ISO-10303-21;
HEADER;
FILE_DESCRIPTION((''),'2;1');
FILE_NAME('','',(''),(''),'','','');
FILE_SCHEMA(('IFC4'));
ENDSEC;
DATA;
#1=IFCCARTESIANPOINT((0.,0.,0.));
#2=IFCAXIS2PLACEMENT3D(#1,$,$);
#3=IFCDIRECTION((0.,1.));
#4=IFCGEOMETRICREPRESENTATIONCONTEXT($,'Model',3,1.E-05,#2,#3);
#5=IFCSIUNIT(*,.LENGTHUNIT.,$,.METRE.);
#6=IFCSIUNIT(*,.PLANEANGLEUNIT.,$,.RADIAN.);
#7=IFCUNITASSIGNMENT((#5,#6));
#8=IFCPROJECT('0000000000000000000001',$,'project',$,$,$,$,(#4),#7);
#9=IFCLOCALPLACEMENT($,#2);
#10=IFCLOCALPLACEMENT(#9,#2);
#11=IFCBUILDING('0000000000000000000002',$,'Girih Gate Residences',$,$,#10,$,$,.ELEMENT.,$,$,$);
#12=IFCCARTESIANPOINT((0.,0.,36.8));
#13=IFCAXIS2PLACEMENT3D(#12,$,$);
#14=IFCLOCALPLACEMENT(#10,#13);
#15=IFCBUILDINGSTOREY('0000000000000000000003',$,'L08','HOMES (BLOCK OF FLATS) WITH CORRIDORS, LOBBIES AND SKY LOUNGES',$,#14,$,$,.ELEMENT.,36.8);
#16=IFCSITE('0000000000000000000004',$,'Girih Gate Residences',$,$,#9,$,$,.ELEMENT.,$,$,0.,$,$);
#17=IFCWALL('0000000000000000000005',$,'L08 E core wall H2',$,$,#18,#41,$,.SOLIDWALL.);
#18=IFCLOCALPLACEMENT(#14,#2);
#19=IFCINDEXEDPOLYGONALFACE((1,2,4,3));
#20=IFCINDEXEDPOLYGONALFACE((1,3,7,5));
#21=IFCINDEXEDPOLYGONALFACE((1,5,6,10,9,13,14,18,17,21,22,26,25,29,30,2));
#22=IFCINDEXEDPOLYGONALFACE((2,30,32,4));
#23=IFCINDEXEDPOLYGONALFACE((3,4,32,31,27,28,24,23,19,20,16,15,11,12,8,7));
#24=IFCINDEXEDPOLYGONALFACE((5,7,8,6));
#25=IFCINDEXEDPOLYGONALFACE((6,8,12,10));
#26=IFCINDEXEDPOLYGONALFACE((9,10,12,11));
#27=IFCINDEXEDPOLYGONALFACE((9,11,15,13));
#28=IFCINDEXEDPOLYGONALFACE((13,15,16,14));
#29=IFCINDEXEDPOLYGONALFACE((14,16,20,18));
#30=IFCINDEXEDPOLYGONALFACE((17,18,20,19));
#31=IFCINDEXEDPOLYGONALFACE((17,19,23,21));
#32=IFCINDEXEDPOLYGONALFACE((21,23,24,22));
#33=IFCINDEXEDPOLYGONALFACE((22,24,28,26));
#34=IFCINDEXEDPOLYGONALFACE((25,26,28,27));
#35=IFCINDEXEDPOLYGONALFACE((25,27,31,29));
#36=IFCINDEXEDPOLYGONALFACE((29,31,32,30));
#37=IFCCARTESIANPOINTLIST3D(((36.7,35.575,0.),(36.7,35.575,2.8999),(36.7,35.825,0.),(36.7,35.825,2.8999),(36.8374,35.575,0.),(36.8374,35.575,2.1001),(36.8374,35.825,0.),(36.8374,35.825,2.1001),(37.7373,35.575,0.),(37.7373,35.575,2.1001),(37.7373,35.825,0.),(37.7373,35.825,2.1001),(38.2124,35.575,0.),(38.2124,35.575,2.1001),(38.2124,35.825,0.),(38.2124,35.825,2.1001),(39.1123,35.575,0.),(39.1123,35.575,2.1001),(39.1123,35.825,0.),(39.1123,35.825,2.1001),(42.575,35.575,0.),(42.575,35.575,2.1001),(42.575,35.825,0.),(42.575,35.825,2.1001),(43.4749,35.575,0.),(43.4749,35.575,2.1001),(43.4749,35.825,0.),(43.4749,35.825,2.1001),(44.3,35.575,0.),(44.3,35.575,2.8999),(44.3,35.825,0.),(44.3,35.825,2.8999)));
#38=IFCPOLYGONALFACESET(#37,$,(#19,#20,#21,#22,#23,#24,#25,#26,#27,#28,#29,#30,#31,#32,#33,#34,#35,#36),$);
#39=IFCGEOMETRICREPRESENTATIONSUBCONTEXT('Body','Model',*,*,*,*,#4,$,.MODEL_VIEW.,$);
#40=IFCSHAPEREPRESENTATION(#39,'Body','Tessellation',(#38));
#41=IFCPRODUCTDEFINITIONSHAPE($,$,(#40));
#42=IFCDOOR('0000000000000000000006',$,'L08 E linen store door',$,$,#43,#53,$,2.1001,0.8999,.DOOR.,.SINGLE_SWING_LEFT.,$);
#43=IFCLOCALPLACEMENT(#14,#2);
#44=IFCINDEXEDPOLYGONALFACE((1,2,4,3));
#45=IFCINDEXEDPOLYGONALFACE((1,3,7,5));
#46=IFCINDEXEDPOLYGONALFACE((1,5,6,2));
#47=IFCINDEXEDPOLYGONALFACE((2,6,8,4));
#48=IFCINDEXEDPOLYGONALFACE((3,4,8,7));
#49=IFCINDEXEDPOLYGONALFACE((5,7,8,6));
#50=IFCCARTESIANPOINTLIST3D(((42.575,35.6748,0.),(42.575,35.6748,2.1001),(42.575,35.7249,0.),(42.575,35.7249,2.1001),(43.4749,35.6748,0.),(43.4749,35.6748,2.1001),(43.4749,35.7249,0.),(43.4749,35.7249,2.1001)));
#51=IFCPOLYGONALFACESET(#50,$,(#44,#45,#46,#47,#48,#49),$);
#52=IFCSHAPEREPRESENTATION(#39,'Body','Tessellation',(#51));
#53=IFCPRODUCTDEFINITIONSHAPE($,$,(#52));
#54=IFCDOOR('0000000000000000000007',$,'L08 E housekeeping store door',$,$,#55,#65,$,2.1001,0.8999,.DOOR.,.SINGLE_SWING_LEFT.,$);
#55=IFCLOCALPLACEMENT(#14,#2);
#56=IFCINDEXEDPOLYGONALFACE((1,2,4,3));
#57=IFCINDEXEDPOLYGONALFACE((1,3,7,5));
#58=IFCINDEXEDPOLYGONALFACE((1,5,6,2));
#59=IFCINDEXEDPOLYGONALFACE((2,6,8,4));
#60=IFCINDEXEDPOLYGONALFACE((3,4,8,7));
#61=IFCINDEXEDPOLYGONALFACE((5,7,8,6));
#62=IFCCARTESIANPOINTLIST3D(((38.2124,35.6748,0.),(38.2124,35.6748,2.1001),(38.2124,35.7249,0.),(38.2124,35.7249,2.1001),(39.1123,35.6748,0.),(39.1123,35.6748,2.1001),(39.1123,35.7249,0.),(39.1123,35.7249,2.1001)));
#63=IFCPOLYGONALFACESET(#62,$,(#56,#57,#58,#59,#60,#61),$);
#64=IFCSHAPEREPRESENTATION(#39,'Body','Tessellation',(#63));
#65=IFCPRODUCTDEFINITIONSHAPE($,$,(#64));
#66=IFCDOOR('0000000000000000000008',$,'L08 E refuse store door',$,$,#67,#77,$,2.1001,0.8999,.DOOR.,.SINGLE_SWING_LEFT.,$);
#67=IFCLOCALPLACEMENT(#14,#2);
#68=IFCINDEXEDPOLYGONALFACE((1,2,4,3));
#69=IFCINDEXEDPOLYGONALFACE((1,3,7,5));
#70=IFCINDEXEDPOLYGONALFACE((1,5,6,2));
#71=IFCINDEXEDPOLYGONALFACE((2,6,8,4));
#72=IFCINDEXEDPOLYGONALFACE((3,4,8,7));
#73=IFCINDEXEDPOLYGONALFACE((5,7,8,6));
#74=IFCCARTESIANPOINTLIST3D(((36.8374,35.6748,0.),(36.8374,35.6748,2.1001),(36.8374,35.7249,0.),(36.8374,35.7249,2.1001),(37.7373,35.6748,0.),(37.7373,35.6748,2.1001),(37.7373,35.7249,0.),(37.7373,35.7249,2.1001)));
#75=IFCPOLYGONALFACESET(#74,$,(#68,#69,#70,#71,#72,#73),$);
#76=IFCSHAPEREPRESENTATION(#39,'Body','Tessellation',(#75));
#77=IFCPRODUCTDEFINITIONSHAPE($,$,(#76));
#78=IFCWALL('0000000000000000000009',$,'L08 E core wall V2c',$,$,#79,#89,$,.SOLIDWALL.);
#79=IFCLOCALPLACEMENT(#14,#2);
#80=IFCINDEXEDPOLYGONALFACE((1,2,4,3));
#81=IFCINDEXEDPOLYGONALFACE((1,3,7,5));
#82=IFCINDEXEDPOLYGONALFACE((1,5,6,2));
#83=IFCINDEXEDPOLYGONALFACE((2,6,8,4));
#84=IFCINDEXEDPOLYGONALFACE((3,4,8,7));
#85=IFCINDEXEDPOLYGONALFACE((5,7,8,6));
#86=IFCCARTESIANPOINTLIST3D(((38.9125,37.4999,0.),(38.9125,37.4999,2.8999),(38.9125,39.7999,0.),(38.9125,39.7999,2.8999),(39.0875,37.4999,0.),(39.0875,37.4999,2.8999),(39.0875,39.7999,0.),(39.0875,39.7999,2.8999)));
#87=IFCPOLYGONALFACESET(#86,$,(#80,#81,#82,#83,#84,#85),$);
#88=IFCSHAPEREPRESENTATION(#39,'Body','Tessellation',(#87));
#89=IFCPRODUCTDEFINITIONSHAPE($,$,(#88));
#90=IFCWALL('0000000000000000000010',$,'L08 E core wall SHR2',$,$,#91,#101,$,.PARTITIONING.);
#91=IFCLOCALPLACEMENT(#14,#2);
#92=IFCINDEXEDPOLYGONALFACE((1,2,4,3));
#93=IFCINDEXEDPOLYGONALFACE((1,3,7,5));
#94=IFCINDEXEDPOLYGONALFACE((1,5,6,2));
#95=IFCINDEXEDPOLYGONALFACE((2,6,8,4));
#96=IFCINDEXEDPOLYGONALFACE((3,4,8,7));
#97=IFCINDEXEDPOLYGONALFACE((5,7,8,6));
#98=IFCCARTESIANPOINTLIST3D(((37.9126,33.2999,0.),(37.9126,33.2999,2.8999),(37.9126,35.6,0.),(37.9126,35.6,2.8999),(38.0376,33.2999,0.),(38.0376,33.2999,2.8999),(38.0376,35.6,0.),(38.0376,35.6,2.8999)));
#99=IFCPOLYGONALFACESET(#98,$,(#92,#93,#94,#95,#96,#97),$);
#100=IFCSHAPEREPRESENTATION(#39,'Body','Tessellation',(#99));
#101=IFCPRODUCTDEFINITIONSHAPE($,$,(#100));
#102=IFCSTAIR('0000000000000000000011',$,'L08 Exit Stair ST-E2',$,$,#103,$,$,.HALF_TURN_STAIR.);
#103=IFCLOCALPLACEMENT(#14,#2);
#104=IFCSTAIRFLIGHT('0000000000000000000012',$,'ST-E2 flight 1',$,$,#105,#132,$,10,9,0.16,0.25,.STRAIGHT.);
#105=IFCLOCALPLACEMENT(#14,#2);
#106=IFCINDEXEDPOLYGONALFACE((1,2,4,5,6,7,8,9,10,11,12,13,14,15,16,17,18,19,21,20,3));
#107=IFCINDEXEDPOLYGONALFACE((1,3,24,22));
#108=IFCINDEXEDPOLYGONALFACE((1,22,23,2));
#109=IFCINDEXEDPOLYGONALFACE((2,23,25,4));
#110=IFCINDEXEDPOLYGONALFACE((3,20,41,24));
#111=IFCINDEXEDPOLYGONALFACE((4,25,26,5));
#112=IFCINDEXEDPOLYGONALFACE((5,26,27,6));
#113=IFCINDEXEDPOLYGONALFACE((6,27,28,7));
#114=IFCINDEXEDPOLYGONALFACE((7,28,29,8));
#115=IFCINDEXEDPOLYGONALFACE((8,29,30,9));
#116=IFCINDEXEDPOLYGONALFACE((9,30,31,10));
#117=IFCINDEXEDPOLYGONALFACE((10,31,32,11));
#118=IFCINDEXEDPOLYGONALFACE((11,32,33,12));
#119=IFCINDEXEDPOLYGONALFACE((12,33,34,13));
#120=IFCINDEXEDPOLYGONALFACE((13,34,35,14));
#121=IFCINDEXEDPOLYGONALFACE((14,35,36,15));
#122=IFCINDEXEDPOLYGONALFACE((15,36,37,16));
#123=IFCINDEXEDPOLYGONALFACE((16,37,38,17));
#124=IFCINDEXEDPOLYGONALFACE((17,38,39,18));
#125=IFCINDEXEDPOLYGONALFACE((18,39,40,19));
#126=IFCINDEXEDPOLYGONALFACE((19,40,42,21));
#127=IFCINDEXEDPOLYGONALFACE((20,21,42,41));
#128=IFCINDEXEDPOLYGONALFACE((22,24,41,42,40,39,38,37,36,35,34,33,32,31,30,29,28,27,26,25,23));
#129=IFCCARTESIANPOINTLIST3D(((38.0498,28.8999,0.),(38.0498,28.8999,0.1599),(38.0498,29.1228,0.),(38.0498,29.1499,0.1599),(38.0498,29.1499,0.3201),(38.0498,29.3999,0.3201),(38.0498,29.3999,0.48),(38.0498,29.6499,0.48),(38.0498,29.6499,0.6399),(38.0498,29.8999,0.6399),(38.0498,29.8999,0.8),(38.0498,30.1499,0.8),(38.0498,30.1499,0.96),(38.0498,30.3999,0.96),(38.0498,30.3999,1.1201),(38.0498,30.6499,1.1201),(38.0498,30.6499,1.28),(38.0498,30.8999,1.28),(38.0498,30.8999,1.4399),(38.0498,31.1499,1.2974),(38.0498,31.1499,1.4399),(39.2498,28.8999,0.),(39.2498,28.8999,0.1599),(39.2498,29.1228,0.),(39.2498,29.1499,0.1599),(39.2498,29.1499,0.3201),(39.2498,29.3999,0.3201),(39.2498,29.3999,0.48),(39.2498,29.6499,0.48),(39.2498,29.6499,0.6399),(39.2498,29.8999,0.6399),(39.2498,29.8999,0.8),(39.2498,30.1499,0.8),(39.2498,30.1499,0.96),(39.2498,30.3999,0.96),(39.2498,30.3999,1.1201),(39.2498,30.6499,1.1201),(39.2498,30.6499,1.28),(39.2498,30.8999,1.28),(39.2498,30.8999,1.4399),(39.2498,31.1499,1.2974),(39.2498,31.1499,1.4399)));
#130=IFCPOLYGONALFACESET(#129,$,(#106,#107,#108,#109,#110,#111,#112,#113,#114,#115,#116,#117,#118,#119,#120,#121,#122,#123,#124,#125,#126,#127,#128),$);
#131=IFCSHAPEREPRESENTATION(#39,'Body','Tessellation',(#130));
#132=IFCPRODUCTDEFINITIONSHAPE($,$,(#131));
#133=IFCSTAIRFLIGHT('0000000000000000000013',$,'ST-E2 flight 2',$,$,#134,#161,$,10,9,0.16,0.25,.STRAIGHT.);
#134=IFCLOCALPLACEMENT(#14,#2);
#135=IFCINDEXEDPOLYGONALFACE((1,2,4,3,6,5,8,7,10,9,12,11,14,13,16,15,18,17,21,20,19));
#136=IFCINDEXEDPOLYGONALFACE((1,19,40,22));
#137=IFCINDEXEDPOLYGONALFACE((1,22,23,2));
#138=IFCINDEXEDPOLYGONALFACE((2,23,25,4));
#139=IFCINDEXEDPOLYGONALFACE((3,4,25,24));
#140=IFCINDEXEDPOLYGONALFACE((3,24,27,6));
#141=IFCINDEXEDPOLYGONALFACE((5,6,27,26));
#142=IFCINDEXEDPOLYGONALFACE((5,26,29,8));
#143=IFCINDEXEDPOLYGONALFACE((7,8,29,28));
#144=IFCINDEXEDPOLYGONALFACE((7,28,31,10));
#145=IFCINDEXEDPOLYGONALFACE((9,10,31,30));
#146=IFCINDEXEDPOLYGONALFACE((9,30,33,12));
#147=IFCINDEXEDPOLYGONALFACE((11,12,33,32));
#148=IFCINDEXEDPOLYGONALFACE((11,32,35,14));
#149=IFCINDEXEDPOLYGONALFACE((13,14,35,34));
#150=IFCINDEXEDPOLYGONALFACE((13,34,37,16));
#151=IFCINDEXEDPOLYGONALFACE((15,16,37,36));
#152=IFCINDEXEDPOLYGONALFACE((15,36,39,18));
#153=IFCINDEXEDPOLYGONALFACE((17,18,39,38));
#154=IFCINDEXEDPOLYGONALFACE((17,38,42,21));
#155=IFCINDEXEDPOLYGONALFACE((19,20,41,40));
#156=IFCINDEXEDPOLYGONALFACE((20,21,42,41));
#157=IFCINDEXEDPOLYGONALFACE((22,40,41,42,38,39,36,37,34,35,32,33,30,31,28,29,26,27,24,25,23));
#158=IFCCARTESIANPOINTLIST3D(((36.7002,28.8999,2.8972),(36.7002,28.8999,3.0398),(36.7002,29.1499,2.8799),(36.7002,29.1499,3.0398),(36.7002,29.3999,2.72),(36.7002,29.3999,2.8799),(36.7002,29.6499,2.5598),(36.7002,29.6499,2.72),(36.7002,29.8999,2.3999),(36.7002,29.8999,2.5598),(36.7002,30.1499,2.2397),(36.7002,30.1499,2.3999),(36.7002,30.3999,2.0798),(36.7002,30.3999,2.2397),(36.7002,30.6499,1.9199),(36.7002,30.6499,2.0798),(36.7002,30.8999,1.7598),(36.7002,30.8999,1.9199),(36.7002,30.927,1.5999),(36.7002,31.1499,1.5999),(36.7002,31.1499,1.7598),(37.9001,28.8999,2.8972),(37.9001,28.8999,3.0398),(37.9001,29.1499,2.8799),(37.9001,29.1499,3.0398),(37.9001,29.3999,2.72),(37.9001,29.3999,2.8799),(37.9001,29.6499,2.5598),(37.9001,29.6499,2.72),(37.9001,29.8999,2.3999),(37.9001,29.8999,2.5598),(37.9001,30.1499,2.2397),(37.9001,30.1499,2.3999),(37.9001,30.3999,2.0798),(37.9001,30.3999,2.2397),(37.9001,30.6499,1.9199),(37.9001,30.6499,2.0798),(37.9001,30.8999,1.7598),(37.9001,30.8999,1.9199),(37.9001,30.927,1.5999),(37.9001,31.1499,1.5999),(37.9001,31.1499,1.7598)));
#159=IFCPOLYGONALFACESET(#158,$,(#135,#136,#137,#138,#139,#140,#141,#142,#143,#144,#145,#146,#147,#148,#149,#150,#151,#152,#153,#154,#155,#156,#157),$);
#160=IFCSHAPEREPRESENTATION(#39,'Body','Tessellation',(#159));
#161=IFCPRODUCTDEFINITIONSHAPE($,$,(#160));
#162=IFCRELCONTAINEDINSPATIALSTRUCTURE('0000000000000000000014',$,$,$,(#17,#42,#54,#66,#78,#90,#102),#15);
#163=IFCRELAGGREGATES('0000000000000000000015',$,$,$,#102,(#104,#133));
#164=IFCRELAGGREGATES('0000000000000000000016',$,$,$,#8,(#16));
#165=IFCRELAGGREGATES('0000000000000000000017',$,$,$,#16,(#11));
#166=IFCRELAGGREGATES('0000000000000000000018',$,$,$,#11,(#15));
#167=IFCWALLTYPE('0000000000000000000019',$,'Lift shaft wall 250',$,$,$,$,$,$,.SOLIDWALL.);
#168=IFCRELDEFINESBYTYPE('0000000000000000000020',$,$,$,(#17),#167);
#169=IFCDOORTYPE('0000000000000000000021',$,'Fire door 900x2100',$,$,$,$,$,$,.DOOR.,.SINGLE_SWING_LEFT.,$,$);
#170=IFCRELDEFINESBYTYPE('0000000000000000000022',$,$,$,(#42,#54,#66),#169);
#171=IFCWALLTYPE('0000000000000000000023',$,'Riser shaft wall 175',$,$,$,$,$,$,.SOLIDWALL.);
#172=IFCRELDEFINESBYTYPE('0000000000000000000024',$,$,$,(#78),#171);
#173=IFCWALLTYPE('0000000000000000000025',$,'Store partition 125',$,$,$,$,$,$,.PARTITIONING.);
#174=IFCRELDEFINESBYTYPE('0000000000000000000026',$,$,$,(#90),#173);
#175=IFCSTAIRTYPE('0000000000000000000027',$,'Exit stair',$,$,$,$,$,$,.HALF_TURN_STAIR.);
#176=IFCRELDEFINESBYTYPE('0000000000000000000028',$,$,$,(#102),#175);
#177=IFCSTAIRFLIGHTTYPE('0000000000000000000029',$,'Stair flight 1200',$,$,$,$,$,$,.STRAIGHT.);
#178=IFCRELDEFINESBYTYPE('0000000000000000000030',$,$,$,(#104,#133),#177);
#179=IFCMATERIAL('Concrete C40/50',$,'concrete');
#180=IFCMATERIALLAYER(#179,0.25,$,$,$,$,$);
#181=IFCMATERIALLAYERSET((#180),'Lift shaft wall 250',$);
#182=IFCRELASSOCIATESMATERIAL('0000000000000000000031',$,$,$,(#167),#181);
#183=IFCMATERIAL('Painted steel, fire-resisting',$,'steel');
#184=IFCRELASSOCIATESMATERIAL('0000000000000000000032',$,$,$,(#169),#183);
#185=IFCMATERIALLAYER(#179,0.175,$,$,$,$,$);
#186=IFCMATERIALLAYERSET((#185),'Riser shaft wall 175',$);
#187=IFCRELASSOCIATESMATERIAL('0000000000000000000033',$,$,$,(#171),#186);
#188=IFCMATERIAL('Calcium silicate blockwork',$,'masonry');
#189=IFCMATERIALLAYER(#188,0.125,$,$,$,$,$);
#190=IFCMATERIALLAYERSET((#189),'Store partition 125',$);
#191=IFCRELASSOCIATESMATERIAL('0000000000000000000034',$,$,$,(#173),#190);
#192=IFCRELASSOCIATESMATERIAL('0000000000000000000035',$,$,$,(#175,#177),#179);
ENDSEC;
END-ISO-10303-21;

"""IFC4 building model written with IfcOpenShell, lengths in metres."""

from ifc_helpers import new_model, si_unit, direction, frame, frame_2d, origin, place, context, subcontext, project, spatial, polyline, rectangle, outline, extrude, material, layer, layer_set, type_object, element, fill, aggregate, save


model = new_model("IFC4")

# Units and contexts
model_context = context("Model", 3, precision=1e-05, world=origin(), true_north=direction((0.0, 1.0)))
body_context = subcontext(model_context, "Body", "Model", "MODEL_VIEW")
ifc_project = project(units=[si_unit("LENGTHUNIT", "METRE"), si_unit("PLANEANGLEUNIT", "RADIAN")], contexts=[model_context])

# Site, building, storey
site_placement = place(None, origin())
site = spatial("IfcSite", under=ifc_project, at=site_placement, Name="Girih Gate Residences", CompositionType="ELEMENT", RefElevation=0.0)
building_placement = place(site_placement, origin())
building = spatial("IfcBuilding", under=site, at=building_placement, Name="Girih Gate Residences", CompositionType="ELEMENT")
storey_placement = place(building_placement, frame((0.0, 0.0, 36.8)))
storey = spatial("IfcBuildingStorey", under=building, at=storey_placement, Name="L08", Description="HOMES (BLOCK OF FLATS) WITH CORRIDORS, LOBBIES AND SKY LOUNGES", CompositionType="ELEMENT", Elevation=36.8)

# Shared definitions
ifc_material_1 = material(Name="Painted steel, fire-resisting", Category="steel")

# Shared definitions
ifc_material_2 = material(Name="Concrete C40/50", Category="concrete")
ifc_layer_1 = layer(ifc_material_2, 0.25)
ifc_layer_set_1 = layer_set([ifc_layer_1], Name="Lift shaft wall 250")
wall_type_1 = type_object("IfcWallType", Name="Lift shaft wall 250", PredefinedType="SOLIDWALL", material=ifc_layer_set_1)

# Wall, openings, doors
wall_1_placement = place(storey_placement, frame((36.7, 35.7, 0.0), z_axis=(0.0, 0.0, 1.0), x_axis=(1.0, 0.0, 0.0)))
wall_1 = element("IfcWall", 1, at=wall_1_placement, inside=storey, type_object=wall_type_1, Name="L08 E core wall H2", PredefinedType="SOLIDWALL", context=body_context, shape_type="SweptSolid", body=[
    extrude(rectangle(XDim=7.6001, YDim=0.25, at=frame_2d((3.8, 0.0))), origin(), (0.0, 0.0, 1.0), 2.8999),
])
opening_1_placement = place(wall_1_placement, frame((5.875, 0.0, 0.0)))
opening_1 = element("IfcOpeningElement", 2, at=opening_1_placement, cuts=wall_1, PredefinedType="OPENING", context=body_context, shape_type="SweptSolid", body=[
    extrude(rectangle(XDim=0.8999, YDim=2.1001, at=frame_2d((0.45, 1.05))), frame((0.0, 0.135, 0.0), z_axis=(0.0, -1.0, 0.0), x_axis=(1.0, 0.0, 0.0)), (0.0, 0.0, 1.0), 0.27),
])
opening_2_placement = place(wall_1_placement, frame((1.5125, 0.0, 0.0)))
opening_2 = element("IfcOpeningElement", 3, at=opening_2_placement, cuts=wall_1, PredefinedType="OPENING", context=body_context, shape_type="SweptSolid", body=[
    extrude(rectangle(XDim=0.8999, YDim=2.1001, at=frame_2d((0.45, 1.05))), frame((0.0, 0.135, 0.0), z_axis=(0.0, -1.0, 0.0), x_axis=(1.0, 0.0, 0.0)), (0.0, 0.0, 1.0), 0.27),
])
opening_3_placement = place(wall_1_placement, frame((0.1375, 0.0, 0.0)))
opening_3 = element("IfcOpeningElement", 4, at=opening_3_placement, cuts=wall_1, PredefinedType="OPENING", context=body_context, shape_type="SweptSolid", body=[
    extrude(rectangle(XDim=0.8999, YDim=2.1001, at=frame_2d((0.45, 1.05))), frame((0.0, 0.135, 0.0), z_axis=(0.0, -1.0, 0.0), x_axis=(1.0, 0.0, 0.0)), (0.0, 0.0, 1.0), 0.27),
])
door_type_1 = type_object("IfcDoorType", Name="Fire door 900x2100", OperationType="SINGLE_SWING_LEFT", PredefinedType="DOOR", material=ifc_material_1)
door_1_placement = place(opening_1_placement, origin())
door_1 = element("IfcDoor", 5, at=door_1_placement, inside=storey, type_object=door_type_1, Name="L08 E linen store door", OperationType="SINGLE_SWING_LEFT", OverallHeight=2.1001, OverallWidth=0.8999, PredefinedType="DOOR", context=body_context, shape_type="SweptSolid", body=[
    extrude(rectangle(XDim=0.8999, YDim=2.1001, at=frame_2d((0.45, 1.05))), frame((0.0, 0.0249, 0.0), z_axis=(0.0, -1.0, 0.0), x_axis=(1.0, 0.0, 0.0)), (0.0, 0.0, 1.0), 0.05),
])
fill(opening_1, door_1)
door_2_placement = place(opening_2_placement, origin())
door_2 = element("IfcDoor", 6, at=door_2_placement, inside=storey, type_object=door_type_1, Name="L08 E housekeeping store door", OperationType="SINGLE_SWING_LEFT", OverallHeight=2.1001, OverallWidth=0.8999, PredefinedType="DOOR", context=body_context, shape_type="SweptSolid", body=[
    extrude(rectangle(XDim=0.8999, YDim=2.1001, at=frame_2d((0.45, 1.05))), frame((0.0, 0.0249, 0.0), z_axis=(0.0, -1.0, 0.0), x_axis=(1.0, 0.0, 0.0)), (0.0, 0.0, 1.0), 0.05),
])
fill(opening_2, door_2)
door_3_placement = place(opening_3_placement, origin())
door_3 = element("IfcDoor", 7, at=door_3_placement, inside=storey, type_object=door_type_1, Name="L08 E refuse store door", OperationType="SINGLE_SWING_LEFT", OverallHeight=2.1001, OverallWidth=0.8999, PredefinedType="DOOR", context=body_context, shape_type="SweptSolid", body=[
    extrude(rectangle(XDim=0.8999, YDim=2.1001, at=frame_2d((0.45, 1.05))), frame((0.0, 0.0249, 0.0), z_axis=(0.0, -1.0, 0.0), x_axis=(1.0, 0.0, 0.0)), (0.0, 0.0, 1.0), 0.05),
])
fill(opening_3, door_3)

# Walls
ifc_layer_2 = layer(ifc_material_2, 0.175)
ifc_layer_set_2 = layer_set([ifc_layer_2], Name="Riser shaft wall 175")
wall_type_2 = type_object("IfcWallType", Name="Riser shaft wall 175", PredefinedType="SOLIDWALL", material=ifc_layer_set_2)
wall_2_placement = place(storey_placement, frame((39.0, 37.5, 0.0), z_axis=(0.0, 0.0, 1.0), x_axis=(0.0, 1.0, 0.0)))
element("IfcWall", 8, at=wall_2_placement, inside=storey, type_object=wall_type_2, Name="L08 E core wall V2c", PredefinedType="SOLIDWALL", context=body_context, shape_type="SweptSolid", body=[
    extrude(rectangle(XDim=2.3, YDim=0.175, at=frame_2d((1.1499, 0.0))), origin(), (0.0, 0.0, 1.0), 2.8999),
])
ifc_material_3 = material(Name="Calcium silicate blockwork", Category="masonry")
ifc_layer_3 = layer(ifc_material_3, 0.125)
ifc_layer_set_3 = layer_set([ifc_layer_3], Name="Store partition 125")
wall_type_3 = type_object("IfcWallType", Name="Store partition 125", PredefinedType="PARTITIONING", material=ifc_layer_set_3)
wall_3_placement = place(storey_placement, frame((37.9751, 33.3, 0.0), z_axis=(0.0, 0.0, 1.0), x_axis=(0.0, 1.0, 0.0)))
element("IfcWall", 9, at=wall_3_placement, inside=storey, type_object=wall_type_3, Name="L08 E core wall SHR2", PredefinedType="PARTITIONING", context=body_context, shape_type="SweptSolid", body=[
    extrude(rectangle(XDim=2.3, YDim=0.125, at=frame_2d((1.1499, 0.0))), origin(), (0.0, 0.0, 1.0), 2.8999),
])

# Stair, stair flights
stair_type = type_object("IfcStairType", Name="Exit stair", PredefinedType="HALF_TURN_STAIR", material=ifc_material_2)
stair_placement = place(storey_placement, origin())
stair = element("IfcStair", 10, at=stair_placement, inside=storey, type_object=stair_type, Name="L08 Exit Stair ST-E2", PredefinedType="HALF_TURN_STAIR")
stair_flight_type = type_object("IfcStairFlightType", Name="Stair flight 1200", PredefinedType="STRAIGHT", material=ifc_material_2)
stair_flight_1_placement = place(storey_placement, frame((38.6499, 28.8999, 0.0), z_axis=(0.0, 0.0, 1.0), x_axis=(0.0, 1.0, 0.0)))
stair_flight_1 = element("IfcStairFlight", 11, at=stair_flight_1_placement, type_object=stair_flight_type, Name="ST-E2 flight 1", NumberOfRisers=10, NumberOfTreads=9, PredefinedType="STRAIGHT", RiserHeight=0.16, TreadLength=0.25, context=body_context, shape_type="SweptSolid", body=[
    extrude(outline(polyline([(0.0, 0.0), (0.0, 0.1599), (0.25, 0.1599), (0.25, 0.3201), (0.5, 0.3201), (0.5, 0.48), (0.75, 0.48), (0.75, 0.6399), (1.0, 0.6399), (1.0, 0.8), (1.25, 0.8), (1.25, 0.96), (1.5, 0.96), (1.5, 1.1201), (1.75, 1.1201), (1.75, 1.28), (2.0, 1.28), (2.0, 1.4399), (2.25, 1.4399), (2.25, 1.6001), (2.25, 1.2974), (0.2229, 0.0), (0.0, 0.0)])), frame((0.0, 0.6001, 0.0), z_axis=(0.0, -1.0, 0.0), x_axis=(1.0, 0.0, 0.0)), (0.0, 0.0, 1.0), 1.2),
])
stair_flight_2_placement = place(storey_placement, frame((37.3, 31.1499, 1.5999), z_axis=(0.0, 0.0, 1.0), x_axis=(0.0, -1.0, 0.0)))
stair_flight_2 = element("IfcStairFlight", 12, at=stair_flight_2_placement, type_object=stair_flight_type, Name="ST-E2 flight 2", NumberOfRisers=10, NumberOfTreads=9, PredefinedType="STRAIGHT", RiserHeight=0.16, TreadLength=0.25, context=body_context, shape_type="SweptSolid", body=[
    extrude(outline(polyline([(0.0, 0.0), (0.0, 0.1599), (0.25, 0.1599), (0.25, 0.3201), (0.5, 0.3201), (0.5, 0.48), (0.75, 0.48), (0.75, 0.6399), (1.0, 0.6399), (1.0, 0.8), (1.25, 0.8), (1.25, 0.96), (1.5, 0.96), (1.5, 1.1201), (1.75, 1.1201), (1.75, 1.28), (2.0, 1.28), (2.0, 1.4399), (2.25, 1.4399), (2.25, 1.6001), (2.25, 1.2974), (0.2229, 0.0), (0.0, 0.0)])), frame((0.0, 0.6001, 0.0), z_axis=(0.0, -1.0, 0.0), x_axis=(1.0, 0.0, 0.0)), (0.0, 0.0, 1.0), 1.2),
])
aggregate(stair, [stair_flight_1, stair_flight_2])

save(model, "model.ifc")
